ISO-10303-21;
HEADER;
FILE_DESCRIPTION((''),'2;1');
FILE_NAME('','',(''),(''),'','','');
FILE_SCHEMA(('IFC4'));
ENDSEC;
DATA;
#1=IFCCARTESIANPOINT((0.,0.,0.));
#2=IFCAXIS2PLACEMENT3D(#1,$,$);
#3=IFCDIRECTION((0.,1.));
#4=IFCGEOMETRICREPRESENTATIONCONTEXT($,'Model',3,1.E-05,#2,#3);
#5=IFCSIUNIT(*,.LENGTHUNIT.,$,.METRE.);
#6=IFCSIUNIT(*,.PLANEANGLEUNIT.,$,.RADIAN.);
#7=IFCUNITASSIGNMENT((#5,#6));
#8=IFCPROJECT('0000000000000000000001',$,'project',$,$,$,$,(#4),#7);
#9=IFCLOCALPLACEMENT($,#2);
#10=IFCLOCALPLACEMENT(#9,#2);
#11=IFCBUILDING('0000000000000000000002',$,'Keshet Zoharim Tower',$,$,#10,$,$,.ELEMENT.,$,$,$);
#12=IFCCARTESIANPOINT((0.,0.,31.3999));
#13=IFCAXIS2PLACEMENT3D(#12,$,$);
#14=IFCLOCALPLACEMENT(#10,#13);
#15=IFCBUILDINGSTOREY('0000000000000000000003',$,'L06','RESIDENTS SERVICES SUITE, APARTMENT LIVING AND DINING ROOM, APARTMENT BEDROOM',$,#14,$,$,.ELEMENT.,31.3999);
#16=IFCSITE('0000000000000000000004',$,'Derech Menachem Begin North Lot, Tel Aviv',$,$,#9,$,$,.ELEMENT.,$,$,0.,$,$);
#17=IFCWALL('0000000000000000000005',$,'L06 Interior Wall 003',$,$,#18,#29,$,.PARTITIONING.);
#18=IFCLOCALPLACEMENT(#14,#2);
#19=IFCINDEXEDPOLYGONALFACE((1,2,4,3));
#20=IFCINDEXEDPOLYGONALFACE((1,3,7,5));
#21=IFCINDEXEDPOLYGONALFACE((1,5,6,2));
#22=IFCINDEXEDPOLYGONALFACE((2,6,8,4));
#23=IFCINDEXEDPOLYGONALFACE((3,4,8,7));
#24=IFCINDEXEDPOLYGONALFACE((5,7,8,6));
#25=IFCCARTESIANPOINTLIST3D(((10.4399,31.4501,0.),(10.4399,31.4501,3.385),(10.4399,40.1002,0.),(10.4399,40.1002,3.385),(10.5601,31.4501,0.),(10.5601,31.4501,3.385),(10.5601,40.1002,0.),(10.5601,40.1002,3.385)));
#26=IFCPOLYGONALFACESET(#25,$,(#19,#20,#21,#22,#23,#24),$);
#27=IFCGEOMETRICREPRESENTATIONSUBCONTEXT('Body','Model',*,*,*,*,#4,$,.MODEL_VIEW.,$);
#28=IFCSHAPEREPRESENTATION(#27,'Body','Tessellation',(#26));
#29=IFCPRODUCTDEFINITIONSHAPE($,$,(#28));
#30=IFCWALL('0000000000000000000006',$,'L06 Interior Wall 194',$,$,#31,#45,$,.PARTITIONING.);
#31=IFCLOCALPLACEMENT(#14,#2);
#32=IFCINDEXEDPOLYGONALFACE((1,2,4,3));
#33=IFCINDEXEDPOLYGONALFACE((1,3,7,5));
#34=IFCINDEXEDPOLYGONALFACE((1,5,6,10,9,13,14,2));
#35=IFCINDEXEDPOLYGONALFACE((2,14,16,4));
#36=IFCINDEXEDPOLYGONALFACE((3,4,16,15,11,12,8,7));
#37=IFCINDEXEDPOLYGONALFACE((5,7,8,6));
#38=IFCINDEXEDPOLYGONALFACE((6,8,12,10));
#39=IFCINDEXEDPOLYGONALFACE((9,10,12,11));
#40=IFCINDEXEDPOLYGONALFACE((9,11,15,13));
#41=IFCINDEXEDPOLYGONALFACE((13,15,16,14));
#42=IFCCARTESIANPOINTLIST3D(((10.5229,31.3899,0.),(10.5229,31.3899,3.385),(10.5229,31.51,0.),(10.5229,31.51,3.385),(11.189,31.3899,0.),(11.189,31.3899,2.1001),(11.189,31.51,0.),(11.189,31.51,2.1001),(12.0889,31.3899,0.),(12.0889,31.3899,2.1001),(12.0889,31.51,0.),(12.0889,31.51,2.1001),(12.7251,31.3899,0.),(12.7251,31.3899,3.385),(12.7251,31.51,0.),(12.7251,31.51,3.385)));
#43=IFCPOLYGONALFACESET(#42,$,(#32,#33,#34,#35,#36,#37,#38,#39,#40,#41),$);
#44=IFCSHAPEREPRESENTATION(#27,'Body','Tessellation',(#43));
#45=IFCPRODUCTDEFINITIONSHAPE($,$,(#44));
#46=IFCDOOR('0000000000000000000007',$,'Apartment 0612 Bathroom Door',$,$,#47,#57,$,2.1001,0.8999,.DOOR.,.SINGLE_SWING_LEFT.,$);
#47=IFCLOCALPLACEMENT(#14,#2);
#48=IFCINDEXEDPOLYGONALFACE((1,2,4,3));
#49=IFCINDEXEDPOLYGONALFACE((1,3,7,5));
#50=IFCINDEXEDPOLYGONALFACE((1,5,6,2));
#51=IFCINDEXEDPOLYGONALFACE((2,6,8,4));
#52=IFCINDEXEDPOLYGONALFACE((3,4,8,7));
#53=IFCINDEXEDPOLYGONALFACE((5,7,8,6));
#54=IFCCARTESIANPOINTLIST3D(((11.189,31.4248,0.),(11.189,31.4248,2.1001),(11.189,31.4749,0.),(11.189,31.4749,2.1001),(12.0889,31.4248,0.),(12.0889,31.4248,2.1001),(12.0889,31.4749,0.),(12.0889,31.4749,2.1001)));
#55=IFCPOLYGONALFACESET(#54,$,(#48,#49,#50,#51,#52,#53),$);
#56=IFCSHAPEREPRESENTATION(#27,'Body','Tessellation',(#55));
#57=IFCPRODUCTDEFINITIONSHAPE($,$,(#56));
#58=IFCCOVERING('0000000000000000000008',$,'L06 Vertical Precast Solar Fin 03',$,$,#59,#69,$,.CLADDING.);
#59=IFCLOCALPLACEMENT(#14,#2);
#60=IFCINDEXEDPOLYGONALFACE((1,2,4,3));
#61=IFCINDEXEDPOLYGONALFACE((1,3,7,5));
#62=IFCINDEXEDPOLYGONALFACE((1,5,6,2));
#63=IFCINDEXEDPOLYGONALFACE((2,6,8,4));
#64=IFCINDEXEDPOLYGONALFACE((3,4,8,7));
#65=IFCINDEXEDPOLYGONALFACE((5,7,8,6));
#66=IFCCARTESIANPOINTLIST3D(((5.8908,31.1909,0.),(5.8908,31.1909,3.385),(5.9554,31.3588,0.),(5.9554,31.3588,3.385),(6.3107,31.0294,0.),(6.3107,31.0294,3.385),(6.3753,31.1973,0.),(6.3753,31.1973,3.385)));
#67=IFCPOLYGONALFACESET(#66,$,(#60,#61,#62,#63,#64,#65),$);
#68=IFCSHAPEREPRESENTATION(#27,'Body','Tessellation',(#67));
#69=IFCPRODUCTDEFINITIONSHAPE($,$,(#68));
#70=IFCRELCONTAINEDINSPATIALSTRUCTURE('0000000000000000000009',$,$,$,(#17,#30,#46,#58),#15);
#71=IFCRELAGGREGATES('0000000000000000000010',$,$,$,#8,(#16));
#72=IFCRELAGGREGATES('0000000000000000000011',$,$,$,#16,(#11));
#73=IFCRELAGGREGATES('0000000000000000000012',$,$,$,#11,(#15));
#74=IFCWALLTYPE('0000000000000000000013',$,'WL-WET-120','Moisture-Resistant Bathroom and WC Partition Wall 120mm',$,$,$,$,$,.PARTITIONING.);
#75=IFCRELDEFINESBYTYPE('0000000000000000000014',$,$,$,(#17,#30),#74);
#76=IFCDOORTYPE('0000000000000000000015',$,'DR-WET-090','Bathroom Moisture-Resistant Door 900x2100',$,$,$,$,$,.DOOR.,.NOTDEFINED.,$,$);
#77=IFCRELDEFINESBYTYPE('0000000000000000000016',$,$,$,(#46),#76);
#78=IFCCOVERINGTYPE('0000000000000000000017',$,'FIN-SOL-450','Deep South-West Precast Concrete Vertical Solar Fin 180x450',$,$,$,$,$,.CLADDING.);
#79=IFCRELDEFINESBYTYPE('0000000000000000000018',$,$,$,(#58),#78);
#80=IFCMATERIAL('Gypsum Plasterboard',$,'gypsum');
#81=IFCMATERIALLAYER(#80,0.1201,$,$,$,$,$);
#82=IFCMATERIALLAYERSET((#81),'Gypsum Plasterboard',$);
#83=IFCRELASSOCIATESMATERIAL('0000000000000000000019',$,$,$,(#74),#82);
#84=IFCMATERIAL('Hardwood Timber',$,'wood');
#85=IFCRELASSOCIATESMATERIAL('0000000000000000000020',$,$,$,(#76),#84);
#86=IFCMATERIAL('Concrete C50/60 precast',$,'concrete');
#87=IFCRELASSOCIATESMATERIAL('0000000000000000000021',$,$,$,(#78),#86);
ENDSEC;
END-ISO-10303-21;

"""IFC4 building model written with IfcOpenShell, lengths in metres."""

from ifc_helpers import new_model, si_unit, direction, frame, frame_2d, origin, origin_2d, place, context, subcontext, project, spatial, rectangle, extrude, material, layer, layer_set, type_object, element, fill, save


model = new_model("IFC4")

# Units and contexts
model_context = context("Model", 3, precision=1e-05, world=origin(), true_north=direction((0.0, 1.0)))
body_context = subcontext(model_context, "Body", "Model", "MODEL_VIEW")
ifc_project = project(units=[si_unit("LENGTHUNIT", "METRE"), si_unit("PLANEANGLEUNIT", "RADIAN")], contexts=[model_context])

# Site, building, storey
site_placement = place(None, origin())
site = spatial("IfcSite", under=ifc_project, at=site_placement, Name="Derech Menachem Begin North Lot, Tel Aviv", CompositionType="ELEMENT", RefElevation=0.0)
building_placement = place(site_placement, origin())
building = spatial("IfcBuilding", under=site, at=building_placement, Name="Keshet Zoharim Tower", CompositionType="ELEMENT")
storey_placement = place(building_placement, frame((0.0, 0.0, 31.3999)))
storey = spatial("IfcBuildingStorey", under=building, at=storey_placement, Name="L06", Description="RESIDENTS SERVICES SUITE, APARTMENT LIVING AND DINING ROOM, APARTMENT BEDROOM", CompositionType="ELEMENT", Elevation=31.3999)

# Shared definitions
ifc_material_1 = material(Name="Gypsum Plasterboard", Category="gypsum")

# Shared definitions
ifc_material_2 = material(Name="Hardwood Timber", Category="wood")

# Wall
ifc_layer_1 = layer(ifc_material_1, 0.1201)
ifc_layer_set_1 = layer_set([ifc_layer_1], Name="Gypsum Plasterboard")
wall_type_1 = type_object("IfcWallType", Name="WL-WET-120", Description="Moisture-Resistant Bathroom and WC Partition Wall 120mm", PredefinedType="PARTITIONING", material=ifc_layer_set_1)
wall_1_placement = place(storey_placement, frame((10.5, 31.45, 0.0), z_axis=(0.0, 0.0, 1.0), x_axis=(0.0, 1.0, 0.0)))
element("IfcWall", 1, at=wall_1_placement, inside=storey, type_object=wall_type_1, Name="L06 Interior Wall 003", PredefinedType="PARTITIONING", context=body_context, shape_type="SweptSolid", body=[
    extrude(rectangle(XDim=8.6501, YDim=0.1201, at=frame_2d((4.3252, 0.0))), origin(), (0.0, 0.0, 1.0), 3.385),
])

# Wall, opening, door
wall_2_placement = place(storey_placement, frame((10.5229, 31.45, 0.0), z_axis=(0.0, 0.0, 1.0), x_axis=(1.0, 0.0, 0.0)))
wall_2 = element("IfcWall", 2, at=wall_2_placement, inside=storey, type_object=wall_type_1, Name="L06 Interior Wall 194", PredefinedType="PARTITIONING", context=body_context, shape_type="SweptSolid", body=[
    extrude(rectangle(XDim=2.2021, YDim=0.1201, at=frame_2d((1.1011, 0.0))), origin(), (0.0, 0.0, 1.0), 3.385),
])
opening_1_placement = place(wall_2_placement, frame((0.666, 0.0, 0.0)))
opening_1 = element("IfcOpeningElement", 3, at=opening_1_placement, cuts=wall_2, PredefinedType="OPENING", context=body_context, shape_type="SweptSolid", body=[
    extrude(rectangle(XDim=0.8999, YDim=2.1001, at=frame_2d((0.45, 1.05))), frame((0.0, 0.0701, 0.0), z_axis=(0.0, -1.0, 0.0), x_axis=(1.0, 0.0, 0.0)), (0.0, 0.0, 1.0), 0.1401),
])
door_type_1 = type_object("IfcDoorType", Name="DR-WET-090", Description="Bathroom Moisture-Resistant Door 900x2100", OperationType="NOTDEFINED", PredefinedType="DOOR", material=ifc_material_2)
door_1_placement = place(opening_1_placement, origin())
door_1 = element("IfcDoor", 4, at=door_1_placement, inside=storey, type_object=door_type_1, Name="Apartment 0612 Bathroom Door", OperationType="SINGLE_SWING_LEFT", OverallHeight=2.1001, OverallWidth=0.8999, PredefinedType="DOOR", context=body_context, shape_type="SweptSolid", body=[
    extrude(rectangle(XDim=0.8999, YDim=2.1001, at=frame_2d((0.45, 1.05))), frame((0.0, 0.0249, 0.0), z_axis=(0.0, -1.0, 0.0), x_axis=(1.0, 0.0, 0.0)), (0.0, 0.0, 1.0), 0.05),
])
fill(opening_1, door_1)

# Covering
ifc_material_3 = material(Name="Concrete C50/60 precast", Category="concrete")
covering_type = type_object("IfcCoveringType", Name="FIN-SOL-450", Description="Deep South-West Precast Concrete Vertical Solar Fin 180x450", PredefinedType="CLADDING", material=ifc_material_3)
covering_placement = place(storey_placement, frame((6.1331, 31.1941, 0.0), z_axis=(0.0, 0.0, 1.0), x_axis=(0.35899, 0.933341, 0.0)))
element("IfcCovering", 5, at=covering_placement, inside=storey, type_object=covering_type, Name="L06 Vertical Precast Solar Fin 03", PredefinedType="CLADDING", context=body_context, shape_type="SweptSolid", body=[
    extrude(rectangle(XDim=0.1799, YDim=0.45, at=origin_2d()), origin(), (0.0, 0.0, 1.0), 3.385),
])

save(model, "model.ifc")
